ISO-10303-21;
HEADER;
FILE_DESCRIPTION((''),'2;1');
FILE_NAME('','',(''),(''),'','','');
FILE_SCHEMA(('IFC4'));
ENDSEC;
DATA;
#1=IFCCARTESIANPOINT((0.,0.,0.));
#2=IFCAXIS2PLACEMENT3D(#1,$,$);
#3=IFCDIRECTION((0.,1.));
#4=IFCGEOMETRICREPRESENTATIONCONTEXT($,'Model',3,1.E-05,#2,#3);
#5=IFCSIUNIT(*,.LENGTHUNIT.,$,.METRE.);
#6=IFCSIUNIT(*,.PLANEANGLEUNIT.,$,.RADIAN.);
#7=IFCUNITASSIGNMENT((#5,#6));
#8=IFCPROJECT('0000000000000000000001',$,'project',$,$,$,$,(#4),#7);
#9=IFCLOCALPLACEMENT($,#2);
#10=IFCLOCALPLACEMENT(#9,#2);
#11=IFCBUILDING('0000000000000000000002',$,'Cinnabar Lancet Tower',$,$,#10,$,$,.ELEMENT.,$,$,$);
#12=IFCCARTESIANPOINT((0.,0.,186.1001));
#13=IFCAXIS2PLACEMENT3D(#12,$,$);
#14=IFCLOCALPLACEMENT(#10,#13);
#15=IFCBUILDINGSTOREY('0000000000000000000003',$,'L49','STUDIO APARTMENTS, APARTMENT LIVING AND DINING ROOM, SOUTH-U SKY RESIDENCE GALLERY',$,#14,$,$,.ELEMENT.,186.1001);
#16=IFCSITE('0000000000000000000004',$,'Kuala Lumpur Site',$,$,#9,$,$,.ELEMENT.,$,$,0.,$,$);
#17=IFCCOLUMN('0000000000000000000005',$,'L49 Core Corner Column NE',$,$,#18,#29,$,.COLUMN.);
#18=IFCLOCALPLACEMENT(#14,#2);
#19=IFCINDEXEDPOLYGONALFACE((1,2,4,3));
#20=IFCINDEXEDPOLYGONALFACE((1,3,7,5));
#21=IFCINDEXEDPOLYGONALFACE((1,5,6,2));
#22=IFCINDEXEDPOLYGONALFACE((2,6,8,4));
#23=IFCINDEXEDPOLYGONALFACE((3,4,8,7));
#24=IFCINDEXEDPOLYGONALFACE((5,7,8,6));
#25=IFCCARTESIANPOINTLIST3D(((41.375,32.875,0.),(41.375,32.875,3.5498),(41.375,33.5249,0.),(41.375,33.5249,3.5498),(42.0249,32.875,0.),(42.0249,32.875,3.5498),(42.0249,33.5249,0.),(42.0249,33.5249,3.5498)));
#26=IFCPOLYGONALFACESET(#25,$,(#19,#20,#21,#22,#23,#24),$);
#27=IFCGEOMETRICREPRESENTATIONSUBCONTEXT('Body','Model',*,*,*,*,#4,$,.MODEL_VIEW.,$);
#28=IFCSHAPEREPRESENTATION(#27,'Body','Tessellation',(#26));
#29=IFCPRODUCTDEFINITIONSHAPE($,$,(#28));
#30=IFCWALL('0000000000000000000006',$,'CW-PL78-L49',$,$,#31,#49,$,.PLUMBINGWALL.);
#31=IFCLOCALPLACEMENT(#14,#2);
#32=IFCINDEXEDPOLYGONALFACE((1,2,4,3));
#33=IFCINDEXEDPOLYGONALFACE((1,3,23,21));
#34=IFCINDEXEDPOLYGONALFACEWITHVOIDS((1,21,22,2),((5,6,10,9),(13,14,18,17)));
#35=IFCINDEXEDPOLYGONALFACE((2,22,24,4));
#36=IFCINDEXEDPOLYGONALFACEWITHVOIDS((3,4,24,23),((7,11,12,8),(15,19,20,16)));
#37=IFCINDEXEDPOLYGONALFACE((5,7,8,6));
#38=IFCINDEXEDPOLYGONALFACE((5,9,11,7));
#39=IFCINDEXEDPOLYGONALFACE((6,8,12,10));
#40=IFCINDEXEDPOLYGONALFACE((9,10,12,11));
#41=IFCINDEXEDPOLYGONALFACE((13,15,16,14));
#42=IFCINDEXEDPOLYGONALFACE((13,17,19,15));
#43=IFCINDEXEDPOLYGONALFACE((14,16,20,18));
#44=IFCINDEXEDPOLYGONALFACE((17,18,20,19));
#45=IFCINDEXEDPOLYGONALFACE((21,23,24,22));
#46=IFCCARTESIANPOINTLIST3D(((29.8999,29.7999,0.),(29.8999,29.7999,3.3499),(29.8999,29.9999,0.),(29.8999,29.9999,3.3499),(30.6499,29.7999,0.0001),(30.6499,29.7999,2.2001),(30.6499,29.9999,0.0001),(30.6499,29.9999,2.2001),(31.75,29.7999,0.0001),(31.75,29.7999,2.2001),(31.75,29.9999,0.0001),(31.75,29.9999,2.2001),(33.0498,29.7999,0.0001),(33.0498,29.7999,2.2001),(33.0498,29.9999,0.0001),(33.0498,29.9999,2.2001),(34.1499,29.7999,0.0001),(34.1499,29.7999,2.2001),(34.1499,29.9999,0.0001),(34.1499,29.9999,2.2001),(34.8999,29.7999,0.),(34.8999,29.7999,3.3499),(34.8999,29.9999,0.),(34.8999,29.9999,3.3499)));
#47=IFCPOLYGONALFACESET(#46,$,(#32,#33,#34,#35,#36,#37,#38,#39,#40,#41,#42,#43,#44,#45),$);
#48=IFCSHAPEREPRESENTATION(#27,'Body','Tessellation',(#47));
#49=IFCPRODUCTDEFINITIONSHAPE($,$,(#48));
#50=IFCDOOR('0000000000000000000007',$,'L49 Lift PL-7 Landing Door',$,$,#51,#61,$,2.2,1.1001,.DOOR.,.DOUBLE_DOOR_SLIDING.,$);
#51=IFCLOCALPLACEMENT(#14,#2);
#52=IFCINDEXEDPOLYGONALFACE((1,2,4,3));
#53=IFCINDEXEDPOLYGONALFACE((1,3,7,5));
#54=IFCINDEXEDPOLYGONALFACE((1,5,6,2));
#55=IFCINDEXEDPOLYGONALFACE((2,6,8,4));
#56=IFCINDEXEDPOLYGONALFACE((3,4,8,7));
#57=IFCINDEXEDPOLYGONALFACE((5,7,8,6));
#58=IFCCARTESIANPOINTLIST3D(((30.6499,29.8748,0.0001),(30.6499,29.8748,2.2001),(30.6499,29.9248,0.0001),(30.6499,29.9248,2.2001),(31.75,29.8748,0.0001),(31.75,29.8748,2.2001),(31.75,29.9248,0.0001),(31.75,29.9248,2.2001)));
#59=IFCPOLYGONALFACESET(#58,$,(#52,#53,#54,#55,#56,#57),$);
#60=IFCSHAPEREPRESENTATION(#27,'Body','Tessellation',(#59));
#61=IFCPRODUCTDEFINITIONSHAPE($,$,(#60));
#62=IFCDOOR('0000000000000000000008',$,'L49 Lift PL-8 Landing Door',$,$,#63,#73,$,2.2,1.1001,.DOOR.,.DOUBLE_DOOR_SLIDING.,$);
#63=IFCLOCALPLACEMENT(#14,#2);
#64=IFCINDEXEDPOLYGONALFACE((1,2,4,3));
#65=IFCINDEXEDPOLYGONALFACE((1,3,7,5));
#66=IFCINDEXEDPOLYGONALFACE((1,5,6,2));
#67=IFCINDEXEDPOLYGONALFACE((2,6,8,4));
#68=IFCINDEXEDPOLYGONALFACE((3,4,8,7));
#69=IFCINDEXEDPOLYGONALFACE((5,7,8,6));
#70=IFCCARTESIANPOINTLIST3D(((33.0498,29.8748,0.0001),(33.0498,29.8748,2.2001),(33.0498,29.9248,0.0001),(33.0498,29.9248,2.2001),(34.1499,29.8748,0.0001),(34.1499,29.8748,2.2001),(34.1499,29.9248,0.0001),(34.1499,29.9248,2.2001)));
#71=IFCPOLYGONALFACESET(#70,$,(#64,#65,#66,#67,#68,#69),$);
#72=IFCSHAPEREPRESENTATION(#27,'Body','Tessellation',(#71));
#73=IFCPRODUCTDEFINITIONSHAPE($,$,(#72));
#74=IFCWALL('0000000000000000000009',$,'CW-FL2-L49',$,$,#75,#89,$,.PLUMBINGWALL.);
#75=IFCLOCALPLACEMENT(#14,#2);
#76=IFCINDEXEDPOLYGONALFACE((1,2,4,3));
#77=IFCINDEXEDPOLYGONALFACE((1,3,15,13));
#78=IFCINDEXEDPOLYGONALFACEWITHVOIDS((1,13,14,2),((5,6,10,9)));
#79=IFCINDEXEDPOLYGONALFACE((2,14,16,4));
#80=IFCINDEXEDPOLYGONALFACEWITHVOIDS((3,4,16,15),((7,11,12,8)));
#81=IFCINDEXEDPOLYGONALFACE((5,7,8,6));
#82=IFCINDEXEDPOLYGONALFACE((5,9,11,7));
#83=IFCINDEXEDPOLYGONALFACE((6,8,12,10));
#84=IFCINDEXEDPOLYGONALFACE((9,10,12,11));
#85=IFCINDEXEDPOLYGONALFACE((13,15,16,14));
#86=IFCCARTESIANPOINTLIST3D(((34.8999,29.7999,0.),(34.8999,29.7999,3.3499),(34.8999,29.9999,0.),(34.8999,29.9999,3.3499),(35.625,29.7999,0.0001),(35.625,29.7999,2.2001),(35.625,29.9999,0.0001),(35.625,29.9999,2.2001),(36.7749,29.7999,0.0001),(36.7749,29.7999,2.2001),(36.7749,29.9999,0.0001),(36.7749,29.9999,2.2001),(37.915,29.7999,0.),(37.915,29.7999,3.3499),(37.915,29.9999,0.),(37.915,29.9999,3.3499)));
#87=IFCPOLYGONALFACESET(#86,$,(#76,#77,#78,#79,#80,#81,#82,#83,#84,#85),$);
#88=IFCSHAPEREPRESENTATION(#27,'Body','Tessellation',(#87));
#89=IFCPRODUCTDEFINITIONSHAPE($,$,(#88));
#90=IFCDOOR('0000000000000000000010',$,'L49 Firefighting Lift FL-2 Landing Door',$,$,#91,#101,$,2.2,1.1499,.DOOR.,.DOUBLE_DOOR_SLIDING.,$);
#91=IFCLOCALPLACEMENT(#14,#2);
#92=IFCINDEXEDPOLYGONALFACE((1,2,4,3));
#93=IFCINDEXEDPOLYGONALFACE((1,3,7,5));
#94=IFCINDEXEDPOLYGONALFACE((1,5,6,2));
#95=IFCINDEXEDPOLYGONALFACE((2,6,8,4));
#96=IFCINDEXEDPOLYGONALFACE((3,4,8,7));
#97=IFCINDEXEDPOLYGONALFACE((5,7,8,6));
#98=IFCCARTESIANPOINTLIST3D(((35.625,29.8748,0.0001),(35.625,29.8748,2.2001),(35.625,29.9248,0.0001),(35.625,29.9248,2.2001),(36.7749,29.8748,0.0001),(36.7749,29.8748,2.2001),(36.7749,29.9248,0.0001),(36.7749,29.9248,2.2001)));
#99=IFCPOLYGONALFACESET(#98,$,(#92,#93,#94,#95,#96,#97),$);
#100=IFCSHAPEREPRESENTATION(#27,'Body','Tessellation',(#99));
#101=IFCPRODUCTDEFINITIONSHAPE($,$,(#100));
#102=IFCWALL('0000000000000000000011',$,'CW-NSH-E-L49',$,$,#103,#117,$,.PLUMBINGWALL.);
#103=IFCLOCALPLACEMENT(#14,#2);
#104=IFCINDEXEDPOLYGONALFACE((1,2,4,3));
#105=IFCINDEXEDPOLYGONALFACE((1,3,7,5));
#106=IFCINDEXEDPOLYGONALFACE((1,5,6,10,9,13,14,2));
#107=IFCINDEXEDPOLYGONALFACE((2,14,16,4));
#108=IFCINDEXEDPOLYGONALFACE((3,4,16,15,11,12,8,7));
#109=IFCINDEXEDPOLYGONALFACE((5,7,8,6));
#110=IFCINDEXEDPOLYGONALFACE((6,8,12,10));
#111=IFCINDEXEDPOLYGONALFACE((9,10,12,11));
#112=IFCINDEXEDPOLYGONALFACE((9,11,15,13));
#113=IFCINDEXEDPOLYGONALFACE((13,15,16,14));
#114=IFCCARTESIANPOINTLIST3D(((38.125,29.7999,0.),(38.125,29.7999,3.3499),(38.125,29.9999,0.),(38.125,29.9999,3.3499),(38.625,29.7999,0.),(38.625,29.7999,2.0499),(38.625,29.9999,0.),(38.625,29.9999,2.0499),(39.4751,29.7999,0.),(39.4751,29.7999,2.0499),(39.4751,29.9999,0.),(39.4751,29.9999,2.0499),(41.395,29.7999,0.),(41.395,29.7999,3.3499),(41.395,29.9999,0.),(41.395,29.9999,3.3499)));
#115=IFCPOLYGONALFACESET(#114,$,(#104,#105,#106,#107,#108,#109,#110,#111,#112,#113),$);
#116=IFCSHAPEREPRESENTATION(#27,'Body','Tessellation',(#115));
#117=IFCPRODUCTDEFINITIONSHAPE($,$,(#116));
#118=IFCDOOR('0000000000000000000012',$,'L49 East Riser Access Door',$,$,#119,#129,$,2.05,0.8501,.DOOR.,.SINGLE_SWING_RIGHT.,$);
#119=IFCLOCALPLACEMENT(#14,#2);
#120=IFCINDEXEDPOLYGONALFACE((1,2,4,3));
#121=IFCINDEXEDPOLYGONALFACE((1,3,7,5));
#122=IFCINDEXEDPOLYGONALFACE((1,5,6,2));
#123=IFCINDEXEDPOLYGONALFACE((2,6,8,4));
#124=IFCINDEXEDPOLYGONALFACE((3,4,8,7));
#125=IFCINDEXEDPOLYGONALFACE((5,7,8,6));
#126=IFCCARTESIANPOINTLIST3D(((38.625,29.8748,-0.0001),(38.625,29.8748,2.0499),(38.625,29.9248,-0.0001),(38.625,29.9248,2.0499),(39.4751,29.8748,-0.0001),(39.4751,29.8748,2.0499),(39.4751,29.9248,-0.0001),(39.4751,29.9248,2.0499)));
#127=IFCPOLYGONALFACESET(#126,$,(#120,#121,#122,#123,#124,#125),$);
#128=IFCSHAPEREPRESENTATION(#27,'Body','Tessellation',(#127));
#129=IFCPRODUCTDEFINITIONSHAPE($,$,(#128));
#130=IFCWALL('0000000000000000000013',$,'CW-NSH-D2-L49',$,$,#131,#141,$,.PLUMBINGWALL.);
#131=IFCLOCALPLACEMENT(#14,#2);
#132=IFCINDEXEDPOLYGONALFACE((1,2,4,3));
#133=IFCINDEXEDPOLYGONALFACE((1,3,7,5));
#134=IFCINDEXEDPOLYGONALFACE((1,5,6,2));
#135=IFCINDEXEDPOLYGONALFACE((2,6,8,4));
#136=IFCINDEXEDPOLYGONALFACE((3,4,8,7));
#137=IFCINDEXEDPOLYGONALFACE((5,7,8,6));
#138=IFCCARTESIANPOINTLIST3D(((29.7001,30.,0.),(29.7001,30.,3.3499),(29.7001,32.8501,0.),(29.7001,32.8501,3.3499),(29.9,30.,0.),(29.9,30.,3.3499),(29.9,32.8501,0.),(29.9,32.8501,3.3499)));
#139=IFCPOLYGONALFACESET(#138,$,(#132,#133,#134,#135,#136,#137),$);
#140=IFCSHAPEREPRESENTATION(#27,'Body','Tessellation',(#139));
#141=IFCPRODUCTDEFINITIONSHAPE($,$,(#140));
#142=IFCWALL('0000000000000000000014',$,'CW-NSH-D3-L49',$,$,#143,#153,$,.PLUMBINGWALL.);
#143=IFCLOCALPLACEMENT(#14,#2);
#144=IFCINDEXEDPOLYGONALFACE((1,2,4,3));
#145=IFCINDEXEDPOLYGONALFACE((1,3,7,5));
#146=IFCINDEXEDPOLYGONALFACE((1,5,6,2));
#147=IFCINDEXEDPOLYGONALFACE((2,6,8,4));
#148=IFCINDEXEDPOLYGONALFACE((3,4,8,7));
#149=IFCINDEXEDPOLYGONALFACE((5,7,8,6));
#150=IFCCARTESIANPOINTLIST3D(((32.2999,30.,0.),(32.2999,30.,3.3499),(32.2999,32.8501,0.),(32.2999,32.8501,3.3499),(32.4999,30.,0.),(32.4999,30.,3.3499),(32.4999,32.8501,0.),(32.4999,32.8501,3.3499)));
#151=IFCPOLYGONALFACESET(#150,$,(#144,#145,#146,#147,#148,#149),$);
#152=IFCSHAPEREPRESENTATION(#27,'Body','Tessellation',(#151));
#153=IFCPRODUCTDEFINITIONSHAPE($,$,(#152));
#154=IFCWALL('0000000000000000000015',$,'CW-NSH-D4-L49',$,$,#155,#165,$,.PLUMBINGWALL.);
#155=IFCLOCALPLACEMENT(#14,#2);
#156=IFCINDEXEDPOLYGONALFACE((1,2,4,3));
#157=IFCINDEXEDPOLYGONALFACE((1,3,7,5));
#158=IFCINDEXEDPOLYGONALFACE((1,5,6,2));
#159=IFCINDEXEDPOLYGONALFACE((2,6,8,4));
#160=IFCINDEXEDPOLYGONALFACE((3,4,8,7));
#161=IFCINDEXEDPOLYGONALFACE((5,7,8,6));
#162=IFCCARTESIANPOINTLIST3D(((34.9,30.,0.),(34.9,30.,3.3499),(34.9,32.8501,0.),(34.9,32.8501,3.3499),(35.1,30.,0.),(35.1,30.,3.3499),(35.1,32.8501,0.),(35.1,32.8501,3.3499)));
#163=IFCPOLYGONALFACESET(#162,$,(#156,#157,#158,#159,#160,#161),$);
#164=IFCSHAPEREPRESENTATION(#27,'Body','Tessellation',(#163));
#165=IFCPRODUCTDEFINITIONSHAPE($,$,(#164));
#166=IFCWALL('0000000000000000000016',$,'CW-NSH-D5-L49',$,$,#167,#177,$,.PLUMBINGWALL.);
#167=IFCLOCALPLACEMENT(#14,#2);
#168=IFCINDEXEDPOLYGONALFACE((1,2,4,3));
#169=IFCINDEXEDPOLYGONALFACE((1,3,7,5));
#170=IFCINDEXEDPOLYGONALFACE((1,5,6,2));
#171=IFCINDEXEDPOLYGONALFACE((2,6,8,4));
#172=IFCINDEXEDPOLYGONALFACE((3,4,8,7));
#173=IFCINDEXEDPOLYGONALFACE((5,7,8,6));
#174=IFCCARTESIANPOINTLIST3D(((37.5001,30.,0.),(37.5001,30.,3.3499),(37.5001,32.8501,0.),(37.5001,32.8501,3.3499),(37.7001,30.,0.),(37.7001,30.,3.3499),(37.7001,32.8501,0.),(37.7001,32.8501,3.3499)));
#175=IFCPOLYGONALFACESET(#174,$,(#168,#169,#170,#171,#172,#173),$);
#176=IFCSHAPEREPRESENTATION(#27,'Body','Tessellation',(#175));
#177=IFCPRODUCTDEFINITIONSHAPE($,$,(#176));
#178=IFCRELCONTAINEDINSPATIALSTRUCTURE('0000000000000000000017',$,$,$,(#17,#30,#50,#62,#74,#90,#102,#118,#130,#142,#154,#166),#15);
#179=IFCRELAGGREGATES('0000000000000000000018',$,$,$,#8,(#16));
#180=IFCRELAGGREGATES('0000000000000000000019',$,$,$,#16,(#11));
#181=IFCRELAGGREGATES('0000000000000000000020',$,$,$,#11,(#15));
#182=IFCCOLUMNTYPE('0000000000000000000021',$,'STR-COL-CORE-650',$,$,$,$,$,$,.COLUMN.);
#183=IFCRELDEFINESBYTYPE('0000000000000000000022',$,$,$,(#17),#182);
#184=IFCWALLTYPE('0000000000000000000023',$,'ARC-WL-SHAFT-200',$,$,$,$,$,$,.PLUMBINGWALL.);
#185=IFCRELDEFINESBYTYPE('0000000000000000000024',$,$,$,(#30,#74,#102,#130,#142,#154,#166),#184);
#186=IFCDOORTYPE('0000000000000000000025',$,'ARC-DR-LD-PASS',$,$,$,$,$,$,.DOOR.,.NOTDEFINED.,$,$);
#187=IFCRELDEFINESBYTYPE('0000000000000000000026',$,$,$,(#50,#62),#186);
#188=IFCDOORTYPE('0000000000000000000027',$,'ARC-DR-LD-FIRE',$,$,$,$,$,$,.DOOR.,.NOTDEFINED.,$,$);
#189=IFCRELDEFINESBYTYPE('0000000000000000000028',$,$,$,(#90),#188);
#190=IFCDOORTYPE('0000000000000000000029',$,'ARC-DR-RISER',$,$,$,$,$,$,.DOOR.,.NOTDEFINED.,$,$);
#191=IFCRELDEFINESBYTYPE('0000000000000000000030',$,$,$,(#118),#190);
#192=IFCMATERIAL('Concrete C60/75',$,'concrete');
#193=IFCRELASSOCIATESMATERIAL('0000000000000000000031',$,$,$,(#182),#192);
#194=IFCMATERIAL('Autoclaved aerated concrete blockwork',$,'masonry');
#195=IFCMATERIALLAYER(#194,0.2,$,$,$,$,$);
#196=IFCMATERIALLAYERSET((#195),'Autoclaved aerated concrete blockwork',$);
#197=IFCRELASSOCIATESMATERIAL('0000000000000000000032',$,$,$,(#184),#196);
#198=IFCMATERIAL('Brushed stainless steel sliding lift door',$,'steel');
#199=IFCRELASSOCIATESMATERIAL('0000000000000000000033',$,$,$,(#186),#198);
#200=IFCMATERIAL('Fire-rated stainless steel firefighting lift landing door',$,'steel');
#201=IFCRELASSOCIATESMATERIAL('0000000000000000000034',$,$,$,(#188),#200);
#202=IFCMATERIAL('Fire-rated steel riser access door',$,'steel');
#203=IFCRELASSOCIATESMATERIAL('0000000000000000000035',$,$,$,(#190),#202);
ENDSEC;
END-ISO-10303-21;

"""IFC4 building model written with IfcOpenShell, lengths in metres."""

from ifc_helpers import new_model, si_unit, direction, frame, frame_2d, origin, origin_2d, place, context, subcontext, project, spatial, rectangle, extrude, material, layer, layer_set, material_profile, profile_set, type_object, element, fill, save


model = new_model("IFC4")

# Units and contexts
model_context = context("Model", 3, precision=1e-05, world=origin(), true_north=direction((0.0, 1.0)))
body_context = subcontext(model_context, "Body", "Model", "MODEL_VIEW")
ifc_project = project(units=[si_unit("LENGTHUNIT", "METRE"), si_unit("PLANEANGLEUNIT", "RADIAN")], contexts=[model_context])

# Site, building, storey
site_placement = place(None, origin())
site = spatial("IfcSite", under=ifc_project, at=site_placement, Name="Kuala Lumpur Site", CompositionType="ELEMENT", RefElevation=0.0)
building_placement = place(site_placement, origin())
building = spatial("IfcBuilding", under=site, at=building_placement, Name="Cinnabar Lancet Tower", CompositionType="ELEMENT")
storey_placement = place(building_placement, frame((0.0, 0.0, 186.1001)))
storey = spatial("IfcBuildingStorey", under=building, at=storey_placement, Name="L49", Description="STUDIO APARTMENTS, APARTMENT LIVING AND DINING ROOM, SOUTH-U SKY RESIDENCE GALLERY", CompositionType="ELEMENT", Elevation=186.1001)

# Column
ifc_material_1 = material(Name="Concrete C60/75", Category="concrete")
ifc_material_profile = material_profile(ifc_material_1, rectangle(XDim=0.6499, YDim=0.6499, at=origin_2d()), Name="RC-COL 650x650")
ifc_profile_set = profile_set([ifc_material_profile], Name="Concrete C60/75")
column_type = type_object("IfcColumnType", Name="STR-COL-CORE-650", PredefinedType="COLUMN", material=ifc_profile_set)
column_placement = place(storey_placement, frame((41.7, 33.2, 0.0), z_axis=(0.0, 0.0, 1.0), x_axis=(1.0, 0.0, 0.0)))
element("IfcColumn", 1, at=column_placement, inside=storey, type_object=column_type, Name="L49 Core Corner Column NE", PredefinedType="COLUMN", context=body_context, shape_type="SweptSolid", body=[
    extrude(rectangle(XDim=0.6499, YDim=0.6499, at=origin_2d()), origin(), (0.0, 0.0, 1.0), 3.5498),
])

# Wall, openings, doors
ifc_material_2 = material(Name="Autoclaved aerated concrete blockwork", Category="masonry")
ifc_layer_1 = layer(ifc_material_2, 0.2)
ifc_layer_set_1 = layer_set([ifc_layer_1], Name="Autoclaved aerated concrete blockwork")
wall_type_1 = type_object("IfcWallType", Name="ARC-WL-SHAFT-200", PredefinedType="PLUMBINGWALL", material=ifc_layer_set_1)
wall_1_placement = place(storey_placement, frame((29.8999, 29.8999, 0.0), z_axis=(0.0, 0.0, 1.0), x_axis=(1.0, 0.0, 0.0)))
wall_1 = element("IfcWall", 2, at=wall_1_placement, inside=storey, type_object=wall_type_1, Name="CW-PL78-L49", PredefinedType="PLUMBINGWALL", context=body_context, shape_type="SweptSolid", body=[
    extrude(rectangle(XDim=5.0, YDim=0.2, at=frame_2d((2.5, 0.0))), origin(), (0.0, 0.0, 1.0), 3.3499),
])
opening_1_placement = place(wall_1_placement, frame((0.75, 0.0, 0.0)))
opening_1 = element("IfcOpeningElement", 3, at=opening_1_placement, cuts=wall_1, PredefinedType="OPENING", context=body_context, shape_type="SweptSolid", body=[
    extrude(rectangle(XDim=1.1001, YDim=2.2, at=frame_2d((0.55, 1.1001))), frame((0.0, 0.1099, 0.0), z_axis=(0.0, -1.0, 0.0), x_axis=(1.0, 0.0, 0.0)), (0.0, 0.0, 1.0), 0.22),
])
opening_2_placement = place(wall_1_placement, frame((3.1499, 0.0, 0.0)))
opening_2 = element("IfcOpeningElement", 4, at=opening_2_placement, cuts=wall_1, PredefinedType="OPENING", context=body_context, shape_type="SweptSolid", body=[
    extrude(rectangle(XDim=1.1001, YDim=2.2, at=frame_2d((0.55, 1.1001))), frame((0.0, 0.1099, 0.0), z_axis=(0.0, -1.0, 0.0), x_axis=(1.0, 0.0, 0.0)), (0.0, 0.0, 1.0), 0.22),
])
ifc_material_3 = material(Name="Brushed stainless steel sliding lift door", Category="steel")
door_type_1 = type_object("IfcDoorType", Name="ARC-DR-LD-PASS", OperationType="NOTDEFINED", PredefinedType="DOOR", material=ifc_material_3)
door_1_placement = place(opening_1_placement, origin())
door_1 = element("IfcDoor", 5, at=door_1_placement, inside=storey, type_object=door_type_1, Name="L49 Lift PL-7 Landing Door", OperationType="DOUBLE_DOOR_SLIDING", OverallHeight=2.2, OverallWidth=1.1001, PredefinedType="DOOR", context=body_context, shape_type="SweptSolid", body=[
    extrude(rectangle(XDim=1.1001, YDim=2.2, at=frame_2d((0.55, 1.1001))), frame((0.0, 0.0249, 0.0), z_axis=(0.0, -1.0, 0.0), x_axis=(1.0, 0.0, 0.0)), (0.0, 0.0, 1.0), 0.05),
])
fill(opening_1, door_1)
door_2_placement = place(opening_2_placement, origin())
door_2 = element("IfcDoor", 6, at=door_2_placement, inside=storey, type_object=door_type_1, Name="L49 Lift PL-8 Landing Door", OperationType="DOUBLE_DOOR_SLIDING", OverallHeight=2.2, OverallWidth=1.1001, PredefinedType="DOOR", context=body_context, shape_type="SweptSolid", body=[
    extrude(rectangle(XDim=1.1001, YDim=2.2, at=frame_2d((0.55, 1.1001))), frame((0.0, 0.0249, 0.0), z_axis=(0.0, -1.0, 0.0), x_axis=(1.0, 0.0, 0.0)), (0.0, 0.0, 1.0), 0.05),
])
fill(opening_2, door_2)

# Walls, openings, doors
wall_2_placement = place(storey_placement, frame((34.8999, 29.8999, 0.0), z_axis=(0.0, 0.0, 1.0), x_axis=(1.0, 0.0, 0.0)))
wall_2 = element("IfcWall", 7, at=wall_2_placement, inside=storey, type_object=wall_type_1, Name="CW-FL2-L49", PredefinedType="PLUMBINGWALL", context=body_context, shape_type="SweptSolid", body=[
    extrude(rectangle(XDim=3.0151, YDim=0.2, at=frame_2d((1.5076, 0.0))), origin(), (0.0, 0.0, 1.0), 3.3499),
])
opening_3_placement = place(wall_2_placement, frame((0.7251, 0.0, 0.0)))
opening_3 = element("IfcOpeningElement", 8, at=opening_3_placement, cuts=wall_2, PredefinedType="OPENING", context=body_context, shape_type="SweptSolid", body=[
    extrude(rectangle(XDim=1.1499, YDim=2.2, at=frame_2d((0.575, 1.1001))), frame((0.0, 0.1099, 0.0), z_axis=(0.0, -1.0, 0.0), x_axis=(1.0, 0.0, 0.0)), (0.0, 0.0, 1.0), 0.22),
])
ifc_material_4 = material(Name="Fire-rated stainless steel firefighting lift landing door", Category="steel")
door_type_2 = type_object("IfcDoorType", Name="ARC-DR-LD-FIRE", OperationType="NOTDEFINED", PredefinedType="DOOR", material=ifc_material_4)
door_3_placement = place(opening_3_placement, origin())
door_3 = element("IfcDoor", 9, at=door_3_placement, inside=storey, type_object=door_type_2, Name="L49 Firefighting Lift FL-2 Landing Door", OperationType="DOUBLE_DOOR_SLIDING", OverallHeight=2.2, OverallWidth=1.1499, PredefinedType="DOOR", context=body_context, shape_type="SweptSolid", body=[
    extrude(rectangle(XDim=1.1499, YDim=2.2, at=frame_2d((0.575, 1.1001))), frame((0.0, 0.0249, 0.0), z_axis=(0.0, -1.0, 0.0), x_axis=(1.0, 0.0, 0.0)), (0.0, 0.0, 1.0), 0.05),
])
fill(opening_3, door_3)
wall_3_placement = place(storey_placement, frame((38.125, 29.8999, 0.0), z_axis=(0.0, 0.0, 1.0), x_axis=(1.0, 0.0, 0.0)))
wall_3 = element("IfcWall", 10, at=wall_3_placement, inside=storey, type_object=wall_type_1, Name="CW-NSH-E-L49", PredefinedType="PLUMBINGWALL", context=body_context, shape_type="SweptSolid", body=[
    extrude(rectangle(XDim=3.27, YDim=0.2, at=frame_2d((1.635, 0.0))), origin(), (0.0, 0.0, 1.0), 3.3499),
])
opening_4_placement = place(wall_3_placement, frame((0.5, 0.0, 0.0)))
opening_4 = element("IfcOpeningElement", 11, at=opening_4_placement, cuts=wall_3, PredefinedType="OPENING", context=body_context, shape_type="SweptSolid", body=[
    extrude(rectangle(XDim=0.8501, YDim=2.05, at=frame_2d((0.425, 1.0249))), frame((0.0, 0.1099, 0.0), z_axis=(0.0, -1.0, 0.0), x_axis=(1.0, 0.0, 0.0)), (0.0, 0.0, 1.0), 0.22),
])
ifc_material_5 = material(Name="Fire-rated steel riser access door", Category="steel")
door_type_3 = type_object("IfcDoorType", Name="ARC-DR-RISER", OperationType="NOTDEFINED", PredefinedType="DOOR", material=ifc_material_5)
door_4_placement = place(opening_4_placement, origin())
door_4 = element("IfcDoor", 12, at=door_4_placement, inside=storey, type_object=door_type_3, Name="L49 East Riser Access Door", OperationType="SINGLE_SWING_RIGHT", OverallHeight=2.05, OverallWidth=0.8501, PredefinedType="DOOR", context=body_context, shape_type="SweptSolid", body=[
    extrude(rectangle(XDim=0.8501, YDim=2.05, at=frame_2d((0.425, 1.0249))), frame((0.0, 0.0249, 0.0), z_axis=(0.0, -1.0, 0.0), x_axis=(1.0, 0.0, 0.0)), (0.0, 0.0, 1.0), 0.05),
])
fill(opening_4, door_4)

# Walls
for number, where, z_axis, x_axis, name in (
    (13, (29.8, 30.0, 0.0), (0.0, 0.0, 1.0), (0.0, 1.0, 0.0), "CW-NSH-D2-L49"),
    (14, (32.3999, 30.0, 0.0), (0.0, 0.0, 1.0), (0.0, 1.0, 0.0), "CW-NSH-D3-L49"),
    (15, (35.0, 30.0, 0.0), (0.0, 0.0, 1.0), (0.0, 1.0, 0.0), "CW-NSH-D4-L49"),
    (16, (37.6001, 30.0, 0.0), (0.0, 0.0, 1.0), (0.0, 1.0, 0.0), "CW-NSH-D5-L49"),
):
    element("IfcWall", number, at=place(storey_placement, frame(where, z_axis=z_axis, x_axis=x_axis)), inside=storey, type_object=wall_type_1, Name=name, PredefinedType="PLUMBINGWALL", context=body_context, shape_type="SweptSolid", body=[
        extrude(rectangle(XDim=2.8501, YDim=0.2, at=frame_2d((1.425, 0.0))), origin(), (0.0, 0.0, 1.0), 3.3499),
    ])

save(model, "model.ifc")
